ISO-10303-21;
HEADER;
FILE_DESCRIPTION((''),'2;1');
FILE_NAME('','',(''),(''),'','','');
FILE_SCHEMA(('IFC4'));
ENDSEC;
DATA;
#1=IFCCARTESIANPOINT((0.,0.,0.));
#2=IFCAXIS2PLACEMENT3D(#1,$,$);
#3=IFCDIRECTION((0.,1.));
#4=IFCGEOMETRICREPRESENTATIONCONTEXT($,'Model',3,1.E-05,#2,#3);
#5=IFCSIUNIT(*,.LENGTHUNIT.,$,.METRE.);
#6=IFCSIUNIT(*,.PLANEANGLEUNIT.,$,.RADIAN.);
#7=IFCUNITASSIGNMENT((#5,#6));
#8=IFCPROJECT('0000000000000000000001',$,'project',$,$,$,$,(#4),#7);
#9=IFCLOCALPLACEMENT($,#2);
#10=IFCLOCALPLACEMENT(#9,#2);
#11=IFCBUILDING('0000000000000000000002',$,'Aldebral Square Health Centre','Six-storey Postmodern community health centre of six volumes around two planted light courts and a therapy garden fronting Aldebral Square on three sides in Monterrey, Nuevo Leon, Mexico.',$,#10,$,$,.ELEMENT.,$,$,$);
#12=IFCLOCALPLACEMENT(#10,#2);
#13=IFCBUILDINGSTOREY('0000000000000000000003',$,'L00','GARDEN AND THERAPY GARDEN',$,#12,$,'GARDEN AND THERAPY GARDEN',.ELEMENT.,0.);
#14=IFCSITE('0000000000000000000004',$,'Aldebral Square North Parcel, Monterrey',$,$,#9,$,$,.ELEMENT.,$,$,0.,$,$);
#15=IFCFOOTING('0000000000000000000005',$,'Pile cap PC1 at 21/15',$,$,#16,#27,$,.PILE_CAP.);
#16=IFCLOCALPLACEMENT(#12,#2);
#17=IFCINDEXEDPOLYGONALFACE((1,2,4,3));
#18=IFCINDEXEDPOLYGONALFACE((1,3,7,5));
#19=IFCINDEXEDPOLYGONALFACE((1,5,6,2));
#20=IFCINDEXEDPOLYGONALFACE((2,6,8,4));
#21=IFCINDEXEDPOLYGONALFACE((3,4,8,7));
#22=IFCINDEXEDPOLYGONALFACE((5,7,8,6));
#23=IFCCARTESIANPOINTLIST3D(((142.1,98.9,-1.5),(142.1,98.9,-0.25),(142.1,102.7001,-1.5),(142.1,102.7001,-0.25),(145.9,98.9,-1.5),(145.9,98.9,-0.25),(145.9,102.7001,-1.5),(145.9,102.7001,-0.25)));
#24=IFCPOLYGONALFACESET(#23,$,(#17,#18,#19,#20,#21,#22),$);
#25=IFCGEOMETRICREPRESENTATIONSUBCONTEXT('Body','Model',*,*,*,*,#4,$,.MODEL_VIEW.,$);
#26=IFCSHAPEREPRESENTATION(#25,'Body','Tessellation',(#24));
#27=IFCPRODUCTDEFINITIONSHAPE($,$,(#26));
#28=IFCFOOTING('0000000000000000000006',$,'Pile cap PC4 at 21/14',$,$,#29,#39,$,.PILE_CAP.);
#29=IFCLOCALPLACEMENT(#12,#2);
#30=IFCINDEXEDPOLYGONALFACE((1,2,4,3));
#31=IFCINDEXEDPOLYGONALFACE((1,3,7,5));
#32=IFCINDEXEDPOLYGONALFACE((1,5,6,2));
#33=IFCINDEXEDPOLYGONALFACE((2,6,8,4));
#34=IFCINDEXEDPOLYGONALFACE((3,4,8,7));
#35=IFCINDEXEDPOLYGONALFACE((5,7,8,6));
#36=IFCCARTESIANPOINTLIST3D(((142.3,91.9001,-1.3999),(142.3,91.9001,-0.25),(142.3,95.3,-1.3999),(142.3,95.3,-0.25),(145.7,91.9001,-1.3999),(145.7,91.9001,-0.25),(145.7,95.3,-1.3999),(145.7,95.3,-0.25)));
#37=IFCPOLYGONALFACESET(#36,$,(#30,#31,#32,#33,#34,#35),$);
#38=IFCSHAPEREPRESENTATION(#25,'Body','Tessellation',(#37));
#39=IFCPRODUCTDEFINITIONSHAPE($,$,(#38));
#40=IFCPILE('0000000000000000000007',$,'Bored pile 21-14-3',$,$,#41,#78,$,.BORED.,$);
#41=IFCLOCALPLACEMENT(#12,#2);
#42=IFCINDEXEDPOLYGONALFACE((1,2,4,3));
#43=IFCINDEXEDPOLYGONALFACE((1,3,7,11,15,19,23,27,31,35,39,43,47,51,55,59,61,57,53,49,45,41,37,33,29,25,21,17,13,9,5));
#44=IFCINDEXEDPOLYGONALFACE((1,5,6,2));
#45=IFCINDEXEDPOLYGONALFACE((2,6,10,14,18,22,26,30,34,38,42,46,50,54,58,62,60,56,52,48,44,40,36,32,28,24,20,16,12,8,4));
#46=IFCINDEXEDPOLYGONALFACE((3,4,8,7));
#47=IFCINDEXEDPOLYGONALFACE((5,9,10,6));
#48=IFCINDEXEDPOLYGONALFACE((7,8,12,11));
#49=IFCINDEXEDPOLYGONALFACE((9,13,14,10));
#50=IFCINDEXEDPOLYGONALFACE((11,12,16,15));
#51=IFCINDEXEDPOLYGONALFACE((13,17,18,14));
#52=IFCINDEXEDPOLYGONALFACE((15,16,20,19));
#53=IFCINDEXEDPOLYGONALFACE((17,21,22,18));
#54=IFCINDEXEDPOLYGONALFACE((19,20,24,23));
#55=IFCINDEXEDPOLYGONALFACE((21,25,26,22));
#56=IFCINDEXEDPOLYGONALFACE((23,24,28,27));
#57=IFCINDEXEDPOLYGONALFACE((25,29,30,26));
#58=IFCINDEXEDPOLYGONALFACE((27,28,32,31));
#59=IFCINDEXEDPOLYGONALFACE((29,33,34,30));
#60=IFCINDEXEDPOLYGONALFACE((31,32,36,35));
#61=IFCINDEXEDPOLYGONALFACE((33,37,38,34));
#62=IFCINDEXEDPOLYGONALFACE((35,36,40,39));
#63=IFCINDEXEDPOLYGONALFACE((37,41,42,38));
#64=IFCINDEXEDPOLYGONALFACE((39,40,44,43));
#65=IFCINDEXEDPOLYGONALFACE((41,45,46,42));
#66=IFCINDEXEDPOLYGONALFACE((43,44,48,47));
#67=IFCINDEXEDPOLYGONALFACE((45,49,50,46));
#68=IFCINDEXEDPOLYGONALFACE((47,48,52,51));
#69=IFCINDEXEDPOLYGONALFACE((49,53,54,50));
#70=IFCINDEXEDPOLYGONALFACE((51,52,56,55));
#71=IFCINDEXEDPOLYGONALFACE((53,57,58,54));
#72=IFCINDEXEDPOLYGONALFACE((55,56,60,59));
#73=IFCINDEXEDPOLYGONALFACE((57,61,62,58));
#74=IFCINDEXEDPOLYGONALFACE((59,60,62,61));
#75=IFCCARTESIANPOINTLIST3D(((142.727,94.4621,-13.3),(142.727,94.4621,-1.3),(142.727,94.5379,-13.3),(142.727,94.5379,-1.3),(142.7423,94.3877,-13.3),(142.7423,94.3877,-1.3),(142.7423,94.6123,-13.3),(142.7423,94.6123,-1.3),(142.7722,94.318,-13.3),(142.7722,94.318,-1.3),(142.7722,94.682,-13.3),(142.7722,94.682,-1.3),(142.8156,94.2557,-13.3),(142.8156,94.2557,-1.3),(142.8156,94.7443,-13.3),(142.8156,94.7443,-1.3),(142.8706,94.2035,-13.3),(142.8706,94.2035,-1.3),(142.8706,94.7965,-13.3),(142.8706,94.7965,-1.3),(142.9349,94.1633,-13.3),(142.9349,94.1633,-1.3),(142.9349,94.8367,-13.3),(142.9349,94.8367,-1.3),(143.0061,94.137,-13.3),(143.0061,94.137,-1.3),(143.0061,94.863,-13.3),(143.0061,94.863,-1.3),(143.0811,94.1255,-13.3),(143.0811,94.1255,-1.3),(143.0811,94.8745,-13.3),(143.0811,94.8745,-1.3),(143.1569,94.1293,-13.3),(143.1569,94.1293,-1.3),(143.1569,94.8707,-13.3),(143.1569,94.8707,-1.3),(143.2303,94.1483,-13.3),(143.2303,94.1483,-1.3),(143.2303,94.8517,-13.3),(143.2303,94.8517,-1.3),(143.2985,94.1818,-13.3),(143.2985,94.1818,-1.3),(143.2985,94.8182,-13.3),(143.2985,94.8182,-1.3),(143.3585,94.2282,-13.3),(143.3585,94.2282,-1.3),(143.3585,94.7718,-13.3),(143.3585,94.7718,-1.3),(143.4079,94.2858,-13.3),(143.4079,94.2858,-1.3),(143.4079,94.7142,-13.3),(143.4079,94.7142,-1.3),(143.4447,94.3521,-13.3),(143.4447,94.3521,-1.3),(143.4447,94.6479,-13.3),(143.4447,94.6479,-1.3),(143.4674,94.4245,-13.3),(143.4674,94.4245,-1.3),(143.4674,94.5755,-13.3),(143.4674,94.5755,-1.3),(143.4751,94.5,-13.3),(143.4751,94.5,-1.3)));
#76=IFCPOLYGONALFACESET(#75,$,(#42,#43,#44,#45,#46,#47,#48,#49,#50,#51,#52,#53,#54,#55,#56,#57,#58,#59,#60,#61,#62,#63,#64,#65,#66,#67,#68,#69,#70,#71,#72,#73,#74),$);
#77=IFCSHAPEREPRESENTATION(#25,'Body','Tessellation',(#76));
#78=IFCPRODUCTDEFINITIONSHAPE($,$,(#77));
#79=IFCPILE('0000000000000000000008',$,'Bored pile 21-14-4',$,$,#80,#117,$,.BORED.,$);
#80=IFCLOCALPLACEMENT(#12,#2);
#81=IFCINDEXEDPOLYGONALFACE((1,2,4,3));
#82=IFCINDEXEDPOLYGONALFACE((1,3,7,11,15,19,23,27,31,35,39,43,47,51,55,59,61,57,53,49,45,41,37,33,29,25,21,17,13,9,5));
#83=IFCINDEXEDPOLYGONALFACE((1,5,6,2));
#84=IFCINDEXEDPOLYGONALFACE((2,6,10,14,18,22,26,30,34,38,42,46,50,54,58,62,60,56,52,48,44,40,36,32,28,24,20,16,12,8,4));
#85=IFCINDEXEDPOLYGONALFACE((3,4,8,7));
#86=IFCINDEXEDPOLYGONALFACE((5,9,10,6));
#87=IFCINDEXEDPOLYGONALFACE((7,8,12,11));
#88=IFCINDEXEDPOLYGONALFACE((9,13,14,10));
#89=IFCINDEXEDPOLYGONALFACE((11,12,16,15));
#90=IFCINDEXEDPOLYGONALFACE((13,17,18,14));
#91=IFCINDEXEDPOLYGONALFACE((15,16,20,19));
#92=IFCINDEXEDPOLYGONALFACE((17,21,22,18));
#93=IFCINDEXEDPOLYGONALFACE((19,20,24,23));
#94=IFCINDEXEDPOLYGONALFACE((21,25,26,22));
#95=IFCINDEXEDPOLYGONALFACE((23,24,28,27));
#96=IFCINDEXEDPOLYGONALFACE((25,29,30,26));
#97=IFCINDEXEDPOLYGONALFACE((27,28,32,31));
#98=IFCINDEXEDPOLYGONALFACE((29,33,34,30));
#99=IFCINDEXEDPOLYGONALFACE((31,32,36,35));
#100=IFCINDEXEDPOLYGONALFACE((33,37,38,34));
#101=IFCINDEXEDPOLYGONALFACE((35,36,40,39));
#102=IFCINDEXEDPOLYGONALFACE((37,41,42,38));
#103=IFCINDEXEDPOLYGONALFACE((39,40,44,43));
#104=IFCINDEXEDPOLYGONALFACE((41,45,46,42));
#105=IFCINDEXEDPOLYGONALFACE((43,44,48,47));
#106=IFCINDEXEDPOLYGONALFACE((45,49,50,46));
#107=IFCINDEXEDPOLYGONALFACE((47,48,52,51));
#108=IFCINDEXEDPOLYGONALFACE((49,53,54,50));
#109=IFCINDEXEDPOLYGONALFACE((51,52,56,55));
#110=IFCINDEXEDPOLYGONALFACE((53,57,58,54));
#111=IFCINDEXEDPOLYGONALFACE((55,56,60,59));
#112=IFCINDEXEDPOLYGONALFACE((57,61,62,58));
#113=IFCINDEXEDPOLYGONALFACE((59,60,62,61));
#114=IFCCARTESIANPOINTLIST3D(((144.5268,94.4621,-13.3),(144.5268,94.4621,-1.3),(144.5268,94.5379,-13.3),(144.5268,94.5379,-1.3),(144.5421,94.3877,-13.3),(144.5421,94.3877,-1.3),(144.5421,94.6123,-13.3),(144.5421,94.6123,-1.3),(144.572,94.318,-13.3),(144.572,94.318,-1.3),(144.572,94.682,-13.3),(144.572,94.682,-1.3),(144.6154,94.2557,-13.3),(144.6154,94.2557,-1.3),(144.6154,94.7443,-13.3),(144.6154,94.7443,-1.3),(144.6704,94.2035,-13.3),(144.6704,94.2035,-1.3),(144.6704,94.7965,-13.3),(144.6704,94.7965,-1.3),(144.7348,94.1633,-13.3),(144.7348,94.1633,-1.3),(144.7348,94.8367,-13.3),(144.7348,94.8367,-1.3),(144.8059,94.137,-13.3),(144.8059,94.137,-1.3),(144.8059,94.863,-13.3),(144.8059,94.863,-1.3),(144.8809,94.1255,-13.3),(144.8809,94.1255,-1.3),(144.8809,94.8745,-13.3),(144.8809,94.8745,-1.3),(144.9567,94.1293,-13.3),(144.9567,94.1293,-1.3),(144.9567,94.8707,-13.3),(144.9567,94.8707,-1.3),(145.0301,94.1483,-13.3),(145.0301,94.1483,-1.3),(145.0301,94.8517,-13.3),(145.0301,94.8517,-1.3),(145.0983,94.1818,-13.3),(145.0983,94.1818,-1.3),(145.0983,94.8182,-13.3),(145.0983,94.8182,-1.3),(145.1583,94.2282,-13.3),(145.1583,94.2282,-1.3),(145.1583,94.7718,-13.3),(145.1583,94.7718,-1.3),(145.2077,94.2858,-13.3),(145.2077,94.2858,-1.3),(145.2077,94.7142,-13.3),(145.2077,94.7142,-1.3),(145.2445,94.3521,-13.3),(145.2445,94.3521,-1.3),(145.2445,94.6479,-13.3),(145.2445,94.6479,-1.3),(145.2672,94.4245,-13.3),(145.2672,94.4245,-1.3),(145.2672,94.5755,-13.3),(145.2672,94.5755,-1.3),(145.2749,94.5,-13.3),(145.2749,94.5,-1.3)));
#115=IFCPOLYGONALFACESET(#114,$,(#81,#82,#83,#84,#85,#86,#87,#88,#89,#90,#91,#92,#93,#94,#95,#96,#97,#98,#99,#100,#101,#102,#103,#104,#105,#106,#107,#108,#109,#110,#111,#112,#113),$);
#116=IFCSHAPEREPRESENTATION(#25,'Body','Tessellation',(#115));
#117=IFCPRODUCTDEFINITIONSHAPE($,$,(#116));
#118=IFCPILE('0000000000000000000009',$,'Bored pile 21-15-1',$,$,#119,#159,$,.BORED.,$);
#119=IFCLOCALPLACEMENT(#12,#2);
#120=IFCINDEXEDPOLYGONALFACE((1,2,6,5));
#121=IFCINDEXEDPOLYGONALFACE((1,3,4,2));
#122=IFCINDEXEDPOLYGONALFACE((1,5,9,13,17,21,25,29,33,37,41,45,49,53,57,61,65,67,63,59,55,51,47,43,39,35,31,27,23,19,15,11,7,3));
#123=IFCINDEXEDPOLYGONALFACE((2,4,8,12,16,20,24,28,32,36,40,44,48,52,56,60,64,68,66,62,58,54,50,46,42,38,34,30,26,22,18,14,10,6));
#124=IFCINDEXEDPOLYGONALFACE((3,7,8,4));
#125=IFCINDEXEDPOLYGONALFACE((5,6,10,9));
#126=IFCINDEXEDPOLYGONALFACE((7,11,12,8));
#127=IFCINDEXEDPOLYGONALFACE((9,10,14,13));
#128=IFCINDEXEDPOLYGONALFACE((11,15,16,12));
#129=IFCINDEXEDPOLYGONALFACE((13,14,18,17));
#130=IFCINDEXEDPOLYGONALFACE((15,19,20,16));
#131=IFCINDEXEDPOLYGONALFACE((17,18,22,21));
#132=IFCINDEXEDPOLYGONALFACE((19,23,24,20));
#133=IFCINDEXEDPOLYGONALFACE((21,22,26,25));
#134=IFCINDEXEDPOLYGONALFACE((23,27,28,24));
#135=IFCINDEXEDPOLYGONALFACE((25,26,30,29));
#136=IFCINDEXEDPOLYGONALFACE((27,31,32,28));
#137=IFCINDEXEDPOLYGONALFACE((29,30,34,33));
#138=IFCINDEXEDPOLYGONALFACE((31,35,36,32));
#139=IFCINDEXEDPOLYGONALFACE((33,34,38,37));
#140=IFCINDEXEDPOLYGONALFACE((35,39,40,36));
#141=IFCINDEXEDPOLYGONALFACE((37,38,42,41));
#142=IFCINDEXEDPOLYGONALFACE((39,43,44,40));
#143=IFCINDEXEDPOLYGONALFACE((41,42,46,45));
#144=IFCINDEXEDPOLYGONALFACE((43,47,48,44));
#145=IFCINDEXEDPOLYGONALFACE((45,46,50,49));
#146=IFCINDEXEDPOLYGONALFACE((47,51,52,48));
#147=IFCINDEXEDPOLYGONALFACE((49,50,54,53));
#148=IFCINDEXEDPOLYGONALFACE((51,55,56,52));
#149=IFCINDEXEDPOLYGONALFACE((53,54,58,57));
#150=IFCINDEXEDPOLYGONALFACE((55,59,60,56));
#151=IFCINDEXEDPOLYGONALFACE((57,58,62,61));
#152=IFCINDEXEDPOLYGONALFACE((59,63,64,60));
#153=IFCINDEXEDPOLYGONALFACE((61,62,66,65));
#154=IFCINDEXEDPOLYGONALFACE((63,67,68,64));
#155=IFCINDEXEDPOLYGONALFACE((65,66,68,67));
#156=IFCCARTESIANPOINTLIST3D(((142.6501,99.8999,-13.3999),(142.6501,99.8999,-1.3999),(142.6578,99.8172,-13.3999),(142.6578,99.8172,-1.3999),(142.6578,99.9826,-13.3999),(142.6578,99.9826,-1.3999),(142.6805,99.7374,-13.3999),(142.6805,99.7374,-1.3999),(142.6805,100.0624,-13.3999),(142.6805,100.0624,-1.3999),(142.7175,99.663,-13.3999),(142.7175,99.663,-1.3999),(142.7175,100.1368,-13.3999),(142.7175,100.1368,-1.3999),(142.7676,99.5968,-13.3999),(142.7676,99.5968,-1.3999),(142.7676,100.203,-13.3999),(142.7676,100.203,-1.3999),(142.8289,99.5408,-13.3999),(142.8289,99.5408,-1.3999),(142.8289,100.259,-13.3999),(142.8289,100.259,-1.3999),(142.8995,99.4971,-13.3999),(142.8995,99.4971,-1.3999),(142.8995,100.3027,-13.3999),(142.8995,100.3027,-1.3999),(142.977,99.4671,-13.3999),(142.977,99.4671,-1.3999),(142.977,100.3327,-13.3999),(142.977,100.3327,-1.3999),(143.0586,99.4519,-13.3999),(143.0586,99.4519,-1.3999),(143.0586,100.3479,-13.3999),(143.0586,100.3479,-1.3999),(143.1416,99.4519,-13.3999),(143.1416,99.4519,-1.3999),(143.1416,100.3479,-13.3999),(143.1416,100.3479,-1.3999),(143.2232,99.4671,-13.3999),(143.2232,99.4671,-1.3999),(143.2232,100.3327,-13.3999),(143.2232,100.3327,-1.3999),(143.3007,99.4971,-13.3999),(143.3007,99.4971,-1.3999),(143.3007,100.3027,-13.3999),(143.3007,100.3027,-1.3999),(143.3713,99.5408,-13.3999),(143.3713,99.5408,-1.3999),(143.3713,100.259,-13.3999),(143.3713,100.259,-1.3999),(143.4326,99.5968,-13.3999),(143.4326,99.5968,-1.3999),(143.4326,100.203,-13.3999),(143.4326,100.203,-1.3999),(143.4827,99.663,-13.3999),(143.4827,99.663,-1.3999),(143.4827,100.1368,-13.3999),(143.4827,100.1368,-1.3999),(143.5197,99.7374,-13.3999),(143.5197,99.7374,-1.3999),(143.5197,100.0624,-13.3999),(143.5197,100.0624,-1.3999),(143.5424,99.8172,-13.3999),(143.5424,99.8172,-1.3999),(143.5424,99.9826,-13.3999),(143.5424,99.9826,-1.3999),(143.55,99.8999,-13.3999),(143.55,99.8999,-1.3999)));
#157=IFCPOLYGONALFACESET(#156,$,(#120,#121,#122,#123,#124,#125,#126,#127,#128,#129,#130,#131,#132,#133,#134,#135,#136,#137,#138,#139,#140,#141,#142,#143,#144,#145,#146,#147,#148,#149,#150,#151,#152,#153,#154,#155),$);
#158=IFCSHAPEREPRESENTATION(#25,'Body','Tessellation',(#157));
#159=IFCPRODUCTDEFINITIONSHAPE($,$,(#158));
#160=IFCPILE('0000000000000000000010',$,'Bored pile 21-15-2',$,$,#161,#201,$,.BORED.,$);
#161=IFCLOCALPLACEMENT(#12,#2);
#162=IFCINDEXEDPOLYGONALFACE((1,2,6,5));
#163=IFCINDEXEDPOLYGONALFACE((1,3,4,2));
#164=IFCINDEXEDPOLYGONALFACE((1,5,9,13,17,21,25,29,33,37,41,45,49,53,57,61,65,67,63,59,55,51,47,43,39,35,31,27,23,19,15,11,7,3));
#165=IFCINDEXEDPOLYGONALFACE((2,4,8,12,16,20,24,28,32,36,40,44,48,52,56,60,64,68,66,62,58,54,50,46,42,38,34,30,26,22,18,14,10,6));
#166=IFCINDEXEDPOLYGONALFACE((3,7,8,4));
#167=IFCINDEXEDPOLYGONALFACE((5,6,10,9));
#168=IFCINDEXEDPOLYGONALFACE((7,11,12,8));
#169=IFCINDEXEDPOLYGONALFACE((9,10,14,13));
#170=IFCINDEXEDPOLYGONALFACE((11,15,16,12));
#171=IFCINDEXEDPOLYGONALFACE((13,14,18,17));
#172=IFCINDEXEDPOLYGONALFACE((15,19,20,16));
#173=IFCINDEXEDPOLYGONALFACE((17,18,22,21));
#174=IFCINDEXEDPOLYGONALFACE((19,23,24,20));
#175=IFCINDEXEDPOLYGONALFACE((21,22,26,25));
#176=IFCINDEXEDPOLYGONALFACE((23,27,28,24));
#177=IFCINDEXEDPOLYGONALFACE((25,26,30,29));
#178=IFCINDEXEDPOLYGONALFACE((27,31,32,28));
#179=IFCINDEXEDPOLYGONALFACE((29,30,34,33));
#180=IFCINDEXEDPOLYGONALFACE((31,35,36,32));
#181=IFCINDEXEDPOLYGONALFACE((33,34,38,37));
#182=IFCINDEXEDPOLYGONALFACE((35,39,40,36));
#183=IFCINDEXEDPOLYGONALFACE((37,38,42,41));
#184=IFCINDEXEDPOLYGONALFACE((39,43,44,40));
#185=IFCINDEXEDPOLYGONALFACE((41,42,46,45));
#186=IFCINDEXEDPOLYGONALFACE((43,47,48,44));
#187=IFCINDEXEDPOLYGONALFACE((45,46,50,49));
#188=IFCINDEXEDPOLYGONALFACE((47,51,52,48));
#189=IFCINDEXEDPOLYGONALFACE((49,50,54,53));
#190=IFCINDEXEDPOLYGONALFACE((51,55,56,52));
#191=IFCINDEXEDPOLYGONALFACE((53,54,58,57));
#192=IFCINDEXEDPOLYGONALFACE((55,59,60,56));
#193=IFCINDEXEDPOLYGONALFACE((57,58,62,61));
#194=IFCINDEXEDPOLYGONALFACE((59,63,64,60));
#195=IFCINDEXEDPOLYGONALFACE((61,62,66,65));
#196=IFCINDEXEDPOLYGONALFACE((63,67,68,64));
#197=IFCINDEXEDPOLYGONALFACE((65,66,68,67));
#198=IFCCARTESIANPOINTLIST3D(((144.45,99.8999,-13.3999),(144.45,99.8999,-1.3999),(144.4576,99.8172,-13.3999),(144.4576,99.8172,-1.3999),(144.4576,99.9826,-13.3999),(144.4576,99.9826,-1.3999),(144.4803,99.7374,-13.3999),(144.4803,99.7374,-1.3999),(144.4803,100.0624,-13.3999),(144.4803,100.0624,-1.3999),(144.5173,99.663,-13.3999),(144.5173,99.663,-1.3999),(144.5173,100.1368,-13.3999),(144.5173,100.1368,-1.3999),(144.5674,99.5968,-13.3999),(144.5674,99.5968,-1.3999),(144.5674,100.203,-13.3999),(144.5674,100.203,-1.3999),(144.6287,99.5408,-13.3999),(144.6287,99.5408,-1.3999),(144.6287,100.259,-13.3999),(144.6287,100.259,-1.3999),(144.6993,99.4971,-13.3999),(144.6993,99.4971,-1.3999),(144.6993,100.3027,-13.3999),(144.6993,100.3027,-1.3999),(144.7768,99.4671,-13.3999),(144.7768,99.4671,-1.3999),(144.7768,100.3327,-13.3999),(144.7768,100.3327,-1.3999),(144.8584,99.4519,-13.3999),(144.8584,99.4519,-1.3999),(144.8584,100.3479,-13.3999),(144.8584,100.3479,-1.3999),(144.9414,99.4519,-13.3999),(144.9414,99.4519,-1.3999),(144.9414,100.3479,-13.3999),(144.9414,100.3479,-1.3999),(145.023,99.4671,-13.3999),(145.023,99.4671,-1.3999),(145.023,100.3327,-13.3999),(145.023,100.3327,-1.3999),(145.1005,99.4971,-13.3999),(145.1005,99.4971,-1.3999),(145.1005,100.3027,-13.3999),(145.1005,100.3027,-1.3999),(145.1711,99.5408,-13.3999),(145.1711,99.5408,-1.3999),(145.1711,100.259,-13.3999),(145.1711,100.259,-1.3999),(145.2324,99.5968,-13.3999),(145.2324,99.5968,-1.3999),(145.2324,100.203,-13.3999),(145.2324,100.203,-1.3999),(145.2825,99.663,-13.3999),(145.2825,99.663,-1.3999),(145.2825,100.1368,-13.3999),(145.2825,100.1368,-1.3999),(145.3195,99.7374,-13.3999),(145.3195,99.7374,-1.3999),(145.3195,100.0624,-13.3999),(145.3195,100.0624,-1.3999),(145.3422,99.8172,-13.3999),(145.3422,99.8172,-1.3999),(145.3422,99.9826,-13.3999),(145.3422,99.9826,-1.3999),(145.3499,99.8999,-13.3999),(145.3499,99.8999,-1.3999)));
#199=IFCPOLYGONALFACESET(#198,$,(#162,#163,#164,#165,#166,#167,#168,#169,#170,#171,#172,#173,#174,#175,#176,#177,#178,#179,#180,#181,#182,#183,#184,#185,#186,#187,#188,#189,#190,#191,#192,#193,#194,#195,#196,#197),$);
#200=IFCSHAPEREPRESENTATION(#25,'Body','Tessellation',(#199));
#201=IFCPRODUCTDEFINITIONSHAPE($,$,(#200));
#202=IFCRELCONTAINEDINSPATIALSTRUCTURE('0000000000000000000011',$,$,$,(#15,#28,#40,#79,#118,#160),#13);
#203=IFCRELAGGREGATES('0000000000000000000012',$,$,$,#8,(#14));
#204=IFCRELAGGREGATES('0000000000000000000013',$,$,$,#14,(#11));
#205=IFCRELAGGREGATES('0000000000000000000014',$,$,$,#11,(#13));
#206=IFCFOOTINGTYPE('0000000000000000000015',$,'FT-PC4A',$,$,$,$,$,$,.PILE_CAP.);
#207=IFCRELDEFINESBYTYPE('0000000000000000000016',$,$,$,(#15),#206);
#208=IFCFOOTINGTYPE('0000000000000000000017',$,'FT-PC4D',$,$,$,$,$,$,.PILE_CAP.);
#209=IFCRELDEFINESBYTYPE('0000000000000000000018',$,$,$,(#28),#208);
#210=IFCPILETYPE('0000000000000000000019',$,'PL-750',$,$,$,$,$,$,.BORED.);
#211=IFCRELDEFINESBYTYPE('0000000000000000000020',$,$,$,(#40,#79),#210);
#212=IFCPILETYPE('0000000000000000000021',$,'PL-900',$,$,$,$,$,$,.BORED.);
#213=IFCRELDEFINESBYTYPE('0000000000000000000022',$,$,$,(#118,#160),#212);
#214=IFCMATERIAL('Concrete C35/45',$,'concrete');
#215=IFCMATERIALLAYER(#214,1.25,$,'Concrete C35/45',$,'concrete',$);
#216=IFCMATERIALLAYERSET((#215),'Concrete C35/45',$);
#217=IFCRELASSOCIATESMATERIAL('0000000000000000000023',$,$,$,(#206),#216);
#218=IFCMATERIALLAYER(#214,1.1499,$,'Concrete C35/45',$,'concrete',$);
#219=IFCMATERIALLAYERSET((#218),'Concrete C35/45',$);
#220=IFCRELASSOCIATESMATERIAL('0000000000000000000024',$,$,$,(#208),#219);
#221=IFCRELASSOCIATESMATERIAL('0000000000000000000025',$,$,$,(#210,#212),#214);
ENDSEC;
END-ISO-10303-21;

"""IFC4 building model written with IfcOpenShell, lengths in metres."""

from ifc_helpers import new_model, si_unit, direction, frame, origin, origin_2d, place, context, subcontext, project, spatial, rectangle, circle, extrude, material, layer, layer_set, material_profile, profile_set, type_object, element, save


model = new_model("IFC4")

# Units and contexts
model_context = context("Model", 3, precision=1e-05, world=origin(), true_north=direction((0.0, 1.0)))
body_context = subcontext(model_context, "Body", "Model", "MODEL_VIEW")
ifc_project = project(units=[si_unit("LENGTHUNIT", "METRE"), si_unit("PLANEANGLEUNIT", "RADIAN")], contexts=[model_context])

# Site, building, storey
site_placement = place(None, origin())
site = spatial("IfcSite", under=ifc_project, at=site_placement, Name="Aldebral Square North Parcel, Monterrey", CompositionType="ELEMENT", RefElevation=0.0)
building_placement = place(site_placement, origin())
building = spatial("IfcBuilding", under=site, at=building_placement, Name="Aldebral Square Health Centre", Description="Six-storey Postmodern community health centre of six volumes around two planted light courts and a therapy garden fronting Aldebral Square on three sides in Monterrey, Nuevo Leon, Mexico.", CompositionType="ELEMENT")
storey_placement = place(building_placement, origin())
storey = spatial("IfcBuildingStorey", under=building, at=storey_placement, Name="L00", Description="GARDEN AND THERAPY GARDEN", LongName="GARDEN AND THERAPY GARDEN", CompositionType="ELEMENT", Elevation=0.0)

# Footings
ifc_material_1 = material(Name="Concrete C35/45", Category="concrete")
ifc_layer_1 = layer(ifc_material_1, 1.25, Name="Concrete C35/45", Category="concrete")
ifc_layer_set_1 = layer_set([ifc_layer_1], Name="Concrete C35/45")
footing_type_1 = type_object("IfcFootingType", Name="FT-PC4A", PredefinedType="PILE_CAP", material=ifc_layer_set_1)
footing_1_placement = place(storey_placement, frame((144.0, 100.8, -1.5), z_axis=(0.0, 0.0, 1.0), x_axis=(1.0, 0.0, 0.0)))
element("IfcFooting", 1, at=footing_1_placement, inside=storey, type_object=footing_type_1, Name="Pile cap PC1 at 21/15", PredefinedType="PILE_CAP", context=body_context, shape_type="SweptSolid", body=[
    extrude(rectangle(XDim=3.8, YDim=3.8, at=origin_2d()), origin(), (0.0, 0.0, 1.0), 1.25),
])
ifc_layer_2 = layer(ifc_material_1, 1.1499, Name="Concrete C35/45", Category="concrete")
ifc_layer_set_2 = layer_set([ifc_layer_2], Name="Concrete C35/45")
footing_type_2 = type_object("IfcFootingType", Name="FT-PC4D", PredefinedType="PILE_CAP", material=ifc_layer_set_2)
footing_2_placement = place(storey_placement, frame((144.0, 93.6001, -1.3999), z_axis=(0.0, 0.0, 1.0), x_axis=(1.0, 0.0, 0.0)))
element("IfcFooting", 2, at=footing_2_placement, inside=storey, type_object=footing_type_2, Name="Pile cap PC4 at 21/14", PredefinedType="PILE_CAP", context=body_context, shape_type="SweptSolid", body=[
    extrude(rectangle(XDim=3.3999, YDim=3.3999, at=origin_2d()), origin(), (0.0, 0.0, 1.0), 1.1499),
])

# Piles
ifc_material_profile_1 = material_profile(ifc_material_1, circle(Radius=0.375, at=origin_2d()), Name="PILE D750")
ifc_profile_set_1 = profile_set([ifc_material_profile_1], Name="Concrete C35/45")
pile_type_1 = type_object("IfcPileType", Name="PL-750", PredefinedType="BORED", material=ifc_profile_set_1)
for number, where, z_axis, x_axis, name in (
    (3, (143.1001, 94.5, -1.3), (0.0, 0.0, -1.0), (1.0, 0.0, 0.0), "Bored pile 21-14-3"),
    (4, (144.8999, 94.5, -1.3), (0.0, 0.0, -1.0), (1.0, 0.0, 0.0), "Bored pile 21-14-4"),
):
    element("IfcPile", number, at=place(storey_placement, frame(where, z_axis=z_axis, x_axis=x_axis)), inside=storey, type_object=pile_type_1, Name=name, PredefinedType="BORED", context=body_context, shape_type="SweptSolid", body=[
        extrude(circle(Radius=0.375, at=origin_2d()), origin(), (0.0, 0.0, 1.0), 12.0),
    ])
ifc_material_profile_2 = material_profile(ifc_material_1, circle(Radius=0.45, at=origin_2d()), Name="PILE D900")
ifc_profile_set_2 = profile_set([ifc_material_profile_2], Name="Concrete C35/45")
pile_type_2 = type_object("IfcPileType", Name="PL-900", PredefinedType="BORED", material=ifc_profile_set_2)
for number, where, z_axis, x_axis, name in (
    (5, (143.1001, 99.8999, -1.3999), (0.0, 0.0, -1.0), (1.0, 0.0, 0.0), "Bored pile 21-15-1"),
    (6, (144.8999, 99.8999, -1.3999), (0.0, 0.0, -1.0), (1.0, 0.0, 0.0), "Bored pile 21-15-2"),
):
    element("IfcPile", number, at=place(storey_placement, frame(where, z_axis=z_axis, x_axis=x_axis)), inside=storey, type_object=pile_type_2, Name=name, PredefinedType="BORED", context=body_context, shape_type="SweptSolid", body=[
        extrude(circle(Radius=0.45, at=origin_2d()), origin(), (0.0, 0.0, 1.0), 12.0),
    ])

save(model, "model.ifc")
